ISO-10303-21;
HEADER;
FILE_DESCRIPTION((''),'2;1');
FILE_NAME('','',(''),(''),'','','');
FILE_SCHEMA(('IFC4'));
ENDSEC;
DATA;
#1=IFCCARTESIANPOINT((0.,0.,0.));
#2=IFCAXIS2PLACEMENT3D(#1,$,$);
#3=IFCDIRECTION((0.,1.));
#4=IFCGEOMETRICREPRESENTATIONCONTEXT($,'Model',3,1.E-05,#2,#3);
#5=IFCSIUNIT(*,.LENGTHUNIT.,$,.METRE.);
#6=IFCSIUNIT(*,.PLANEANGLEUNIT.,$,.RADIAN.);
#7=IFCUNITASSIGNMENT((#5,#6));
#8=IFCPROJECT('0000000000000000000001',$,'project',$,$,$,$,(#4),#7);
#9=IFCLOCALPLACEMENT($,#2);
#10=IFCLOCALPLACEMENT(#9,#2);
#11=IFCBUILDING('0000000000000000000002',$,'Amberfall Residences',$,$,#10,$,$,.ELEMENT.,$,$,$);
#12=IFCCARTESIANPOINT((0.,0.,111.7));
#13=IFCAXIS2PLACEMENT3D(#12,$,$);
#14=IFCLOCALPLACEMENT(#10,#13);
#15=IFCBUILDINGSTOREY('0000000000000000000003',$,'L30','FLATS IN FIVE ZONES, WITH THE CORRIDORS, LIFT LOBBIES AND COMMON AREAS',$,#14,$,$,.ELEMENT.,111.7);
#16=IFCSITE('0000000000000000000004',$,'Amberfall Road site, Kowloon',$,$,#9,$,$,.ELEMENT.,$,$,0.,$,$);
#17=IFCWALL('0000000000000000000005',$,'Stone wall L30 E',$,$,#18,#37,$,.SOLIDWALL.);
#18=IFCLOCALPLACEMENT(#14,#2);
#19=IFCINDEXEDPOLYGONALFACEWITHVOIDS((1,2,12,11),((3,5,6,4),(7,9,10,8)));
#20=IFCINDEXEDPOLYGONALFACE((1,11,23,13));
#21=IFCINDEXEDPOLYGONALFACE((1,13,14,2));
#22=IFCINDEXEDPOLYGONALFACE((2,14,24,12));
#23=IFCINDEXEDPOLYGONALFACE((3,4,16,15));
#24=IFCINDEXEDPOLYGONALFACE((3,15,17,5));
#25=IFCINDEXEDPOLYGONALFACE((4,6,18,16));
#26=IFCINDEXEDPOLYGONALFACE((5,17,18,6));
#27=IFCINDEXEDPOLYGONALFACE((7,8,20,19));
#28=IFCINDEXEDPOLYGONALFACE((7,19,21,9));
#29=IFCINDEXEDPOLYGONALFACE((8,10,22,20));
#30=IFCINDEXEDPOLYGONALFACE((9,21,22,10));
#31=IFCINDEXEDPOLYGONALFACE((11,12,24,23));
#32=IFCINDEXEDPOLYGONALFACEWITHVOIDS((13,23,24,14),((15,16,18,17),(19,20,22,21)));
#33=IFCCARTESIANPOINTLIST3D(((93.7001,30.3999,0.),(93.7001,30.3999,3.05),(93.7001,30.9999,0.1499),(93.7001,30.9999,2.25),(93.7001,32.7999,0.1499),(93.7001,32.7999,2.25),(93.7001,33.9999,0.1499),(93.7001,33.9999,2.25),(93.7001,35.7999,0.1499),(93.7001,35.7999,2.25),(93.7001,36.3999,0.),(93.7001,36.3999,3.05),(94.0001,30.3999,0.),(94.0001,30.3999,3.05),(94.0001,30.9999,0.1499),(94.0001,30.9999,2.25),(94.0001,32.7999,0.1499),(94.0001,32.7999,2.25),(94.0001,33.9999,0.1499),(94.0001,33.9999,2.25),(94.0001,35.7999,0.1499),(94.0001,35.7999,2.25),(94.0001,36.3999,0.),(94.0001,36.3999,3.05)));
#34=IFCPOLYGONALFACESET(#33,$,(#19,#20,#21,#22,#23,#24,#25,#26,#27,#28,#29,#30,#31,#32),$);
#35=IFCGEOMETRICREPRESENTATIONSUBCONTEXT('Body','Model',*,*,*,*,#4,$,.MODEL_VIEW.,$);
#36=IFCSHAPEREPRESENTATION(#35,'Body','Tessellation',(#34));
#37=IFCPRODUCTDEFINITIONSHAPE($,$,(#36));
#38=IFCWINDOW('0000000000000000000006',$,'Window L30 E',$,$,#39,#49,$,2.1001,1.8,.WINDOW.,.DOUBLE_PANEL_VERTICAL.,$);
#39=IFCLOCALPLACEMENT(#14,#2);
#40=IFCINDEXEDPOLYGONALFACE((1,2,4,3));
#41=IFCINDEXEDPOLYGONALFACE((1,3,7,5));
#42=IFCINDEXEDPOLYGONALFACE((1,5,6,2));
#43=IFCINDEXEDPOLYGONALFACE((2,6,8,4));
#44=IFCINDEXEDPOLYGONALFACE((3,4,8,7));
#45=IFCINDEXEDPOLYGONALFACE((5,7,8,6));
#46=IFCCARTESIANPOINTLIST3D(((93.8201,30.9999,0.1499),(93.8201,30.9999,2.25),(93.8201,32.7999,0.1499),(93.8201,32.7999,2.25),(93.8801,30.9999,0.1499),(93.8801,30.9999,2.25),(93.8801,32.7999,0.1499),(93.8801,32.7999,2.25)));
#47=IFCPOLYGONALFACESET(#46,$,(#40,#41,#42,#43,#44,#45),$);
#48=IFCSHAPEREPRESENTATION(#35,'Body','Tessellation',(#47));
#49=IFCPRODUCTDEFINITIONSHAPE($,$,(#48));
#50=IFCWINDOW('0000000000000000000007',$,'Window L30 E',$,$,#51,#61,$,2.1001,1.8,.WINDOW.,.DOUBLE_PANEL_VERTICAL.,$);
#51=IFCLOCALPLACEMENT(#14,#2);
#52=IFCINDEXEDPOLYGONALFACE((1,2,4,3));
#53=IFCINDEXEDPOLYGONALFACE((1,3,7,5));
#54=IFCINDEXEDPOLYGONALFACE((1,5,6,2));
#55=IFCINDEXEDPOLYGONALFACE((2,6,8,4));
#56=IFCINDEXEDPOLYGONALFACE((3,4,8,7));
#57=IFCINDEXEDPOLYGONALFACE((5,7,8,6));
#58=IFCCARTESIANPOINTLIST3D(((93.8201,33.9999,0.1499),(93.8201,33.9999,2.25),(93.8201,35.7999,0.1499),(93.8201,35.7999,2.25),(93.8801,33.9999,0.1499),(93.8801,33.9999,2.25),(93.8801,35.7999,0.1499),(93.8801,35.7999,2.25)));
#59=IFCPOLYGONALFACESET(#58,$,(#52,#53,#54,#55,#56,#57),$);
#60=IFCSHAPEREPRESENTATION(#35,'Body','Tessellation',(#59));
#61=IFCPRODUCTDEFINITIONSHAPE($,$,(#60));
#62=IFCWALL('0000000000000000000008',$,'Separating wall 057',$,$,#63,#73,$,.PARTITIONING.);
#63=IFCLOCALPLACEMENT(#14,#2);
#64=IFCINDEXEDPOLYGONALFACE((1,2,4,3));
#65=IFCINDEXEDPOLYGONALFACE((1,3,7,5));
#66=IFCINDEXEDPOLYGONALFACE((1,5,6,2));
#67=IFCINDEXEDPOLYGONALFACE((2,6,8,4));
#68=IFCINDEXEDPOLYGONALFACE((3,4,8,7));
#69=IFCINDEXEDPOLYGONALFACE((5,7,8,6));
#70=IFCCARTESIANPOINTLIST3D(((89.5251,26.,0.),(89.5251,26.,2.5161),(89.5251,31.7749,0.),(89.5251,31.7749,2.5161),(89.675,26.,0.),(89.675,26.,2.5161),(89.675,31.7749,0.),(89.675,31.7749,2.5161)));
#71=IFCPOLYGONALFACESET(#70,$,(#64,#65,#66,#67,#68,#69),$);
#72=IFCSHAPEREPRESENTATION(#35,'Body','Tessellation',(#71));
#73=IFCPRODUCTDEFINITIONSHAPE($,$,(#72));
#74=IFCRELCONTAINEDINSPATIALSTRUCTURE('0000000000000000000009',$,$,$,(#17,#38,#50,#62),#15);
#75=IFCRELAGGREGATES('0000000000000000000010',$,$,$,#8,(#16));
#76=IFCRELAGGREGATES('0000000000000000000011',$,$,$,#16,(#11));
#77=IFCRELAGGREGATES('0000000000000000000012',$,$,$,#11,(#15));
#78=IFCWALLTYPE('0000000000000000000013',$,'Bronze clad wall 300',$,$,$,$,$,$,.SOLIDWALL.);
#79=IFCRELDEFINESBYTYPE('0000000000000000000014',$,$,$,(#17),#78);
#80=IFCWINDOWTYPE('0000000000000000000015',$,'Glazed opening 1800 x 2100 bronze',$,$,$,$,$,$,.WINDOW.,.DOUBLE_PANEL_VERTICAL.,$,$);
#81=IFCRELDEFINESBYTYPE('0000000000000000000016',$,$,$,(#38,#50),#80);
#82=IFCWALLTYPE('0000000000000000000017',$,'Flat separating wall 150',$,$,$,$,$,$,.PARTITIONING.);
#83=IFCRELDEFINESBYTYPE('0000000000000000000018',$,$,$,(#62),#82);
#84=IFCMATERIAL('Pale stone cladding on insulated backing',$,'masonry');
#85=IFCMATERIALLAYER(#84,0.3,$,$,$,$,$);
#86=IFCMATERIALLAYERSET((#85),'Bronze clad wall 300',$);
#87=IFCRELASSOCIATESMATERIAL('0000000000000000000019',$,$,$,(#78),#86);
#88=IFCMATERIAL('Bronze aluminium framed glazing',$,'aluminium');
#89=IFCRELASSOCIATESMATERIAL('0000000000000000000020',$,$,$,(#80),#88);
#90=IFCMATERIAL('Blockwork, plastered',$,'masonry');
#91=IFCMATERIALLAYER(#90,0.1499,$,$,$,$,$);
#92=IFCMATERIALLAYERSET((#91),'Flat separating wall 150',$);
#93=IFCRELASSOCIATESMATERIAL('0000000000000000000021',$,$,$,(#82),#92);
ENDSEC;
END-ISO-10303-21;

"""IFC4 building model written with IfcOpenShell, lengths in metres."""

from ifc_helpers import new_model, si_unit, direction, frame, frame_2d, origin, place, context, subcontext, project, spatial, rectangle, extrude, material, layer, layer_set, type_object, element, fill, save


model = new_model("IFC4")

# Units and contexts
model_context = context("Model", 3, precision=1e-05, world=origin(), true_north=direction((0.0, 1.0)))
body_context = subcontext(model_context, "Body", "Model", "MODEL_VIEW")
ifc_project = project(units=[si_unit("LENGTHUNIT", "METRE"), si_unit("PLANEANGLEUNIT", "RADIAN")], contexts=[model_context])

# Site, building, storey
site_placement = place(None, origin())
site = spatial("IfcSite", under=ifc_project, at=site_placement, Name="Amberfall Road site, Kowloon", CompositionType="ELEMENT", RefElevation=0.0)
building_placement = place(site_placement, origin())
building = spatial("IfcBuilding", under=site, at=building_placement, Name="Amberfall Residences", CompositionType="ELEMENT")
storey_placement = place(building_placement, frame((0.0, 0.0, 111.7)))
storey = spatial("IfcBuildingStorey", under=building, at=storey_placement, Name="L30", Description="FLATS IN FIVE ZONES, WITH THE CORRIDORS, LIFT LOBBIES AND COMMON AREAS", CompositionType="ELEMENT", Elevation=111.7)

# Shared definitions
ifc_material_1 = material(Name="Pale stone cladding on insulated backing", Category="masonry")
ifc_layer_1 = layer(ifc_material_1, 0.3)
ifc_layer_set_1 = layer_set([ifc_layer_1], Name="Bronze clad wall 300")
wall_type_1 = type_object("IfcWallType", Name="Bronze clad wall 300", PredefinedType="SOLIDWALL", material=ifc_layer_set_1)
ifc_material_2 = material(Name="Bronze aluminium framed glazing", Category="aluminium")

# Wall, openings, windows
wall_1_placement = place(storey_placement, frame((93.8501, 30.3999, 0.0), z_axis=(0.0, 0.0, 1.0), x_axis=(0.0, 1.0, 0.0)))
wall_1 = element("IfcWall", 1, at=wall_1_placement, inside=storey, type_object=wall_type_1, Name="Stone wall L30 E", PredefinedType="SOLIDWALL", context=body_context, shape_type="SweptSolid", body=[
    extrude(rectangle(XDim=6.0, YDim=0.3, at=frame_2d((3.0, 0.0))), origin(), (0.0, 0.0, 1.0), 3.05),
])
opening_1_placement = place(wall_1_placement, frame((0.6001, 0.0, 0.1499)))
opening_1 = element("IfcOpeningElement", 2, at=opening_1_placement, cuts=wall_1, PredefinedType="OPENING", context=body_context, shape_type="SweptSolid", body=[
    extrude(rectangle(XDim=1.8, YDim=2.1001, at=frame_2d((0.8999, 1.05))), frame((0.0, 0.1599, 0.0), z_axis=(0.0, -1.0, 0.0), x_axis=(1.0, 0.0, 0.0)), (0.0, 0.0, 1.0), 0.3201),
])
opening_2_placement = place(wall_1_placement, frame((3.6001, 0.0, 0.1499)))
opening_2 = element("IfcOpeningElement", 3, at=opening_2_placement, cuts=wall_1, PredefinedType="OPENING", context=body_context, shape_type="SweptSolid", body=[
    extrude(rectangle(XDim=1.8, YDim=2.1001, at=frame_2d((0.8999, 1.05))), frame((0.0, 0.1599, 0.0), z_axis=(0.0, -1.0, 0.0), x_axis=(1.0, 0.0, 0.0)), (0.0, 0.0, 1.0), 0.3201),
])
window_type_1 = type_object("IfcWindowType", Name="Glazed opening 1800 x 2100 bronze", PartitioningType="DOUBLE_PANEL_VERTICAL", PredefinedType="WINDOW", material=ifc_material_2)
window_1_placement = place(opening_1_placement, origin())
window_1 = element("IfcWindow", 4, at=window_1_placement, inside=storey, type_object=window_type_1, Name="Window L30 E", OverallHeight=2.1001, OverallWidth=1.8, PartitioningType="DOUBLE_PANEL_VERTICAL", PredefinedType="WINDOW", context=body_context, shape_type="SweptSolid", body=[
    extrude(rectangle(XDim=1.8, YDim=2.1001, at=frame_2d((0.8999, 1.05))), frame((0.0, 0.03, 0.0), z_axis=(0.0, -1.0, 0.0), x_axis=(1.0, 0.0, 0.0)), (0.0, 0.0, 1.0), 0.0601),
])
fill(opening_1, window_1)
window_2_placement = place(opening_2_placement, origin())
window_2 = element("IfcWindow", 5, at=window_2_placement, inside=storey, type_object=window_type_1, Name="Window L30 E", OverallHeight=2.1001, OverallWidth=1.8, PartitioningType="DOUBLE_PANEL_VERTICAL", PredefinedType="WINDOW", context=body_context, shape_type="SweptSolid", body=[
    extrude(rectangle(XDim=1.8, YDim=2.1001, at=frame_2d((0.8999, 1.05))), frame((0.0, 0.03, 0.0), z_axis=(0.0, -1.0, 0.0), x_axis=(1.0, 0.0, 0.0)), (0.0, 0.0, 1.0), 0.0601),
])
fill(opening_2, window_2)

# Wall
ifc_material_3 = material(Name="Blockwork, plastered", Category="masonry")
ifc_layer_2 = layer(ifc_material_3, 0.1499)
ifc_layer_set_2 = layer_set([ifc_layer_2], Name="Flat separating wall 150")
wall_type_2 = type_object("IfcWallType", Name="Flat separating wall 150", PredefinedType="PARTITIONING", material=ifc_layer_set_2)
wall_2_placement = place(storey_placement, frame((89.6001, 26.0, 0.0), z_axis=(0.0, 0.0, 1.0), x_axis=(0.0, 1.0, 0.0)))
element("IfcWall", 6, at=wall_2_placement, inside=storey, type_object=wall_type_2, Name="Separating wall 057", PredefinedType="PARTITIONING", context=body_context, shape_type="SweptSolid", body=[
    extrude(rectangle(XDim=5.7749, YDim=0.1499, at=frame_2d((2.8875, 0.0))), origin(), (0.0, 0.0, 1.0), 2.5161),
])

save(model, "model.ifc")
